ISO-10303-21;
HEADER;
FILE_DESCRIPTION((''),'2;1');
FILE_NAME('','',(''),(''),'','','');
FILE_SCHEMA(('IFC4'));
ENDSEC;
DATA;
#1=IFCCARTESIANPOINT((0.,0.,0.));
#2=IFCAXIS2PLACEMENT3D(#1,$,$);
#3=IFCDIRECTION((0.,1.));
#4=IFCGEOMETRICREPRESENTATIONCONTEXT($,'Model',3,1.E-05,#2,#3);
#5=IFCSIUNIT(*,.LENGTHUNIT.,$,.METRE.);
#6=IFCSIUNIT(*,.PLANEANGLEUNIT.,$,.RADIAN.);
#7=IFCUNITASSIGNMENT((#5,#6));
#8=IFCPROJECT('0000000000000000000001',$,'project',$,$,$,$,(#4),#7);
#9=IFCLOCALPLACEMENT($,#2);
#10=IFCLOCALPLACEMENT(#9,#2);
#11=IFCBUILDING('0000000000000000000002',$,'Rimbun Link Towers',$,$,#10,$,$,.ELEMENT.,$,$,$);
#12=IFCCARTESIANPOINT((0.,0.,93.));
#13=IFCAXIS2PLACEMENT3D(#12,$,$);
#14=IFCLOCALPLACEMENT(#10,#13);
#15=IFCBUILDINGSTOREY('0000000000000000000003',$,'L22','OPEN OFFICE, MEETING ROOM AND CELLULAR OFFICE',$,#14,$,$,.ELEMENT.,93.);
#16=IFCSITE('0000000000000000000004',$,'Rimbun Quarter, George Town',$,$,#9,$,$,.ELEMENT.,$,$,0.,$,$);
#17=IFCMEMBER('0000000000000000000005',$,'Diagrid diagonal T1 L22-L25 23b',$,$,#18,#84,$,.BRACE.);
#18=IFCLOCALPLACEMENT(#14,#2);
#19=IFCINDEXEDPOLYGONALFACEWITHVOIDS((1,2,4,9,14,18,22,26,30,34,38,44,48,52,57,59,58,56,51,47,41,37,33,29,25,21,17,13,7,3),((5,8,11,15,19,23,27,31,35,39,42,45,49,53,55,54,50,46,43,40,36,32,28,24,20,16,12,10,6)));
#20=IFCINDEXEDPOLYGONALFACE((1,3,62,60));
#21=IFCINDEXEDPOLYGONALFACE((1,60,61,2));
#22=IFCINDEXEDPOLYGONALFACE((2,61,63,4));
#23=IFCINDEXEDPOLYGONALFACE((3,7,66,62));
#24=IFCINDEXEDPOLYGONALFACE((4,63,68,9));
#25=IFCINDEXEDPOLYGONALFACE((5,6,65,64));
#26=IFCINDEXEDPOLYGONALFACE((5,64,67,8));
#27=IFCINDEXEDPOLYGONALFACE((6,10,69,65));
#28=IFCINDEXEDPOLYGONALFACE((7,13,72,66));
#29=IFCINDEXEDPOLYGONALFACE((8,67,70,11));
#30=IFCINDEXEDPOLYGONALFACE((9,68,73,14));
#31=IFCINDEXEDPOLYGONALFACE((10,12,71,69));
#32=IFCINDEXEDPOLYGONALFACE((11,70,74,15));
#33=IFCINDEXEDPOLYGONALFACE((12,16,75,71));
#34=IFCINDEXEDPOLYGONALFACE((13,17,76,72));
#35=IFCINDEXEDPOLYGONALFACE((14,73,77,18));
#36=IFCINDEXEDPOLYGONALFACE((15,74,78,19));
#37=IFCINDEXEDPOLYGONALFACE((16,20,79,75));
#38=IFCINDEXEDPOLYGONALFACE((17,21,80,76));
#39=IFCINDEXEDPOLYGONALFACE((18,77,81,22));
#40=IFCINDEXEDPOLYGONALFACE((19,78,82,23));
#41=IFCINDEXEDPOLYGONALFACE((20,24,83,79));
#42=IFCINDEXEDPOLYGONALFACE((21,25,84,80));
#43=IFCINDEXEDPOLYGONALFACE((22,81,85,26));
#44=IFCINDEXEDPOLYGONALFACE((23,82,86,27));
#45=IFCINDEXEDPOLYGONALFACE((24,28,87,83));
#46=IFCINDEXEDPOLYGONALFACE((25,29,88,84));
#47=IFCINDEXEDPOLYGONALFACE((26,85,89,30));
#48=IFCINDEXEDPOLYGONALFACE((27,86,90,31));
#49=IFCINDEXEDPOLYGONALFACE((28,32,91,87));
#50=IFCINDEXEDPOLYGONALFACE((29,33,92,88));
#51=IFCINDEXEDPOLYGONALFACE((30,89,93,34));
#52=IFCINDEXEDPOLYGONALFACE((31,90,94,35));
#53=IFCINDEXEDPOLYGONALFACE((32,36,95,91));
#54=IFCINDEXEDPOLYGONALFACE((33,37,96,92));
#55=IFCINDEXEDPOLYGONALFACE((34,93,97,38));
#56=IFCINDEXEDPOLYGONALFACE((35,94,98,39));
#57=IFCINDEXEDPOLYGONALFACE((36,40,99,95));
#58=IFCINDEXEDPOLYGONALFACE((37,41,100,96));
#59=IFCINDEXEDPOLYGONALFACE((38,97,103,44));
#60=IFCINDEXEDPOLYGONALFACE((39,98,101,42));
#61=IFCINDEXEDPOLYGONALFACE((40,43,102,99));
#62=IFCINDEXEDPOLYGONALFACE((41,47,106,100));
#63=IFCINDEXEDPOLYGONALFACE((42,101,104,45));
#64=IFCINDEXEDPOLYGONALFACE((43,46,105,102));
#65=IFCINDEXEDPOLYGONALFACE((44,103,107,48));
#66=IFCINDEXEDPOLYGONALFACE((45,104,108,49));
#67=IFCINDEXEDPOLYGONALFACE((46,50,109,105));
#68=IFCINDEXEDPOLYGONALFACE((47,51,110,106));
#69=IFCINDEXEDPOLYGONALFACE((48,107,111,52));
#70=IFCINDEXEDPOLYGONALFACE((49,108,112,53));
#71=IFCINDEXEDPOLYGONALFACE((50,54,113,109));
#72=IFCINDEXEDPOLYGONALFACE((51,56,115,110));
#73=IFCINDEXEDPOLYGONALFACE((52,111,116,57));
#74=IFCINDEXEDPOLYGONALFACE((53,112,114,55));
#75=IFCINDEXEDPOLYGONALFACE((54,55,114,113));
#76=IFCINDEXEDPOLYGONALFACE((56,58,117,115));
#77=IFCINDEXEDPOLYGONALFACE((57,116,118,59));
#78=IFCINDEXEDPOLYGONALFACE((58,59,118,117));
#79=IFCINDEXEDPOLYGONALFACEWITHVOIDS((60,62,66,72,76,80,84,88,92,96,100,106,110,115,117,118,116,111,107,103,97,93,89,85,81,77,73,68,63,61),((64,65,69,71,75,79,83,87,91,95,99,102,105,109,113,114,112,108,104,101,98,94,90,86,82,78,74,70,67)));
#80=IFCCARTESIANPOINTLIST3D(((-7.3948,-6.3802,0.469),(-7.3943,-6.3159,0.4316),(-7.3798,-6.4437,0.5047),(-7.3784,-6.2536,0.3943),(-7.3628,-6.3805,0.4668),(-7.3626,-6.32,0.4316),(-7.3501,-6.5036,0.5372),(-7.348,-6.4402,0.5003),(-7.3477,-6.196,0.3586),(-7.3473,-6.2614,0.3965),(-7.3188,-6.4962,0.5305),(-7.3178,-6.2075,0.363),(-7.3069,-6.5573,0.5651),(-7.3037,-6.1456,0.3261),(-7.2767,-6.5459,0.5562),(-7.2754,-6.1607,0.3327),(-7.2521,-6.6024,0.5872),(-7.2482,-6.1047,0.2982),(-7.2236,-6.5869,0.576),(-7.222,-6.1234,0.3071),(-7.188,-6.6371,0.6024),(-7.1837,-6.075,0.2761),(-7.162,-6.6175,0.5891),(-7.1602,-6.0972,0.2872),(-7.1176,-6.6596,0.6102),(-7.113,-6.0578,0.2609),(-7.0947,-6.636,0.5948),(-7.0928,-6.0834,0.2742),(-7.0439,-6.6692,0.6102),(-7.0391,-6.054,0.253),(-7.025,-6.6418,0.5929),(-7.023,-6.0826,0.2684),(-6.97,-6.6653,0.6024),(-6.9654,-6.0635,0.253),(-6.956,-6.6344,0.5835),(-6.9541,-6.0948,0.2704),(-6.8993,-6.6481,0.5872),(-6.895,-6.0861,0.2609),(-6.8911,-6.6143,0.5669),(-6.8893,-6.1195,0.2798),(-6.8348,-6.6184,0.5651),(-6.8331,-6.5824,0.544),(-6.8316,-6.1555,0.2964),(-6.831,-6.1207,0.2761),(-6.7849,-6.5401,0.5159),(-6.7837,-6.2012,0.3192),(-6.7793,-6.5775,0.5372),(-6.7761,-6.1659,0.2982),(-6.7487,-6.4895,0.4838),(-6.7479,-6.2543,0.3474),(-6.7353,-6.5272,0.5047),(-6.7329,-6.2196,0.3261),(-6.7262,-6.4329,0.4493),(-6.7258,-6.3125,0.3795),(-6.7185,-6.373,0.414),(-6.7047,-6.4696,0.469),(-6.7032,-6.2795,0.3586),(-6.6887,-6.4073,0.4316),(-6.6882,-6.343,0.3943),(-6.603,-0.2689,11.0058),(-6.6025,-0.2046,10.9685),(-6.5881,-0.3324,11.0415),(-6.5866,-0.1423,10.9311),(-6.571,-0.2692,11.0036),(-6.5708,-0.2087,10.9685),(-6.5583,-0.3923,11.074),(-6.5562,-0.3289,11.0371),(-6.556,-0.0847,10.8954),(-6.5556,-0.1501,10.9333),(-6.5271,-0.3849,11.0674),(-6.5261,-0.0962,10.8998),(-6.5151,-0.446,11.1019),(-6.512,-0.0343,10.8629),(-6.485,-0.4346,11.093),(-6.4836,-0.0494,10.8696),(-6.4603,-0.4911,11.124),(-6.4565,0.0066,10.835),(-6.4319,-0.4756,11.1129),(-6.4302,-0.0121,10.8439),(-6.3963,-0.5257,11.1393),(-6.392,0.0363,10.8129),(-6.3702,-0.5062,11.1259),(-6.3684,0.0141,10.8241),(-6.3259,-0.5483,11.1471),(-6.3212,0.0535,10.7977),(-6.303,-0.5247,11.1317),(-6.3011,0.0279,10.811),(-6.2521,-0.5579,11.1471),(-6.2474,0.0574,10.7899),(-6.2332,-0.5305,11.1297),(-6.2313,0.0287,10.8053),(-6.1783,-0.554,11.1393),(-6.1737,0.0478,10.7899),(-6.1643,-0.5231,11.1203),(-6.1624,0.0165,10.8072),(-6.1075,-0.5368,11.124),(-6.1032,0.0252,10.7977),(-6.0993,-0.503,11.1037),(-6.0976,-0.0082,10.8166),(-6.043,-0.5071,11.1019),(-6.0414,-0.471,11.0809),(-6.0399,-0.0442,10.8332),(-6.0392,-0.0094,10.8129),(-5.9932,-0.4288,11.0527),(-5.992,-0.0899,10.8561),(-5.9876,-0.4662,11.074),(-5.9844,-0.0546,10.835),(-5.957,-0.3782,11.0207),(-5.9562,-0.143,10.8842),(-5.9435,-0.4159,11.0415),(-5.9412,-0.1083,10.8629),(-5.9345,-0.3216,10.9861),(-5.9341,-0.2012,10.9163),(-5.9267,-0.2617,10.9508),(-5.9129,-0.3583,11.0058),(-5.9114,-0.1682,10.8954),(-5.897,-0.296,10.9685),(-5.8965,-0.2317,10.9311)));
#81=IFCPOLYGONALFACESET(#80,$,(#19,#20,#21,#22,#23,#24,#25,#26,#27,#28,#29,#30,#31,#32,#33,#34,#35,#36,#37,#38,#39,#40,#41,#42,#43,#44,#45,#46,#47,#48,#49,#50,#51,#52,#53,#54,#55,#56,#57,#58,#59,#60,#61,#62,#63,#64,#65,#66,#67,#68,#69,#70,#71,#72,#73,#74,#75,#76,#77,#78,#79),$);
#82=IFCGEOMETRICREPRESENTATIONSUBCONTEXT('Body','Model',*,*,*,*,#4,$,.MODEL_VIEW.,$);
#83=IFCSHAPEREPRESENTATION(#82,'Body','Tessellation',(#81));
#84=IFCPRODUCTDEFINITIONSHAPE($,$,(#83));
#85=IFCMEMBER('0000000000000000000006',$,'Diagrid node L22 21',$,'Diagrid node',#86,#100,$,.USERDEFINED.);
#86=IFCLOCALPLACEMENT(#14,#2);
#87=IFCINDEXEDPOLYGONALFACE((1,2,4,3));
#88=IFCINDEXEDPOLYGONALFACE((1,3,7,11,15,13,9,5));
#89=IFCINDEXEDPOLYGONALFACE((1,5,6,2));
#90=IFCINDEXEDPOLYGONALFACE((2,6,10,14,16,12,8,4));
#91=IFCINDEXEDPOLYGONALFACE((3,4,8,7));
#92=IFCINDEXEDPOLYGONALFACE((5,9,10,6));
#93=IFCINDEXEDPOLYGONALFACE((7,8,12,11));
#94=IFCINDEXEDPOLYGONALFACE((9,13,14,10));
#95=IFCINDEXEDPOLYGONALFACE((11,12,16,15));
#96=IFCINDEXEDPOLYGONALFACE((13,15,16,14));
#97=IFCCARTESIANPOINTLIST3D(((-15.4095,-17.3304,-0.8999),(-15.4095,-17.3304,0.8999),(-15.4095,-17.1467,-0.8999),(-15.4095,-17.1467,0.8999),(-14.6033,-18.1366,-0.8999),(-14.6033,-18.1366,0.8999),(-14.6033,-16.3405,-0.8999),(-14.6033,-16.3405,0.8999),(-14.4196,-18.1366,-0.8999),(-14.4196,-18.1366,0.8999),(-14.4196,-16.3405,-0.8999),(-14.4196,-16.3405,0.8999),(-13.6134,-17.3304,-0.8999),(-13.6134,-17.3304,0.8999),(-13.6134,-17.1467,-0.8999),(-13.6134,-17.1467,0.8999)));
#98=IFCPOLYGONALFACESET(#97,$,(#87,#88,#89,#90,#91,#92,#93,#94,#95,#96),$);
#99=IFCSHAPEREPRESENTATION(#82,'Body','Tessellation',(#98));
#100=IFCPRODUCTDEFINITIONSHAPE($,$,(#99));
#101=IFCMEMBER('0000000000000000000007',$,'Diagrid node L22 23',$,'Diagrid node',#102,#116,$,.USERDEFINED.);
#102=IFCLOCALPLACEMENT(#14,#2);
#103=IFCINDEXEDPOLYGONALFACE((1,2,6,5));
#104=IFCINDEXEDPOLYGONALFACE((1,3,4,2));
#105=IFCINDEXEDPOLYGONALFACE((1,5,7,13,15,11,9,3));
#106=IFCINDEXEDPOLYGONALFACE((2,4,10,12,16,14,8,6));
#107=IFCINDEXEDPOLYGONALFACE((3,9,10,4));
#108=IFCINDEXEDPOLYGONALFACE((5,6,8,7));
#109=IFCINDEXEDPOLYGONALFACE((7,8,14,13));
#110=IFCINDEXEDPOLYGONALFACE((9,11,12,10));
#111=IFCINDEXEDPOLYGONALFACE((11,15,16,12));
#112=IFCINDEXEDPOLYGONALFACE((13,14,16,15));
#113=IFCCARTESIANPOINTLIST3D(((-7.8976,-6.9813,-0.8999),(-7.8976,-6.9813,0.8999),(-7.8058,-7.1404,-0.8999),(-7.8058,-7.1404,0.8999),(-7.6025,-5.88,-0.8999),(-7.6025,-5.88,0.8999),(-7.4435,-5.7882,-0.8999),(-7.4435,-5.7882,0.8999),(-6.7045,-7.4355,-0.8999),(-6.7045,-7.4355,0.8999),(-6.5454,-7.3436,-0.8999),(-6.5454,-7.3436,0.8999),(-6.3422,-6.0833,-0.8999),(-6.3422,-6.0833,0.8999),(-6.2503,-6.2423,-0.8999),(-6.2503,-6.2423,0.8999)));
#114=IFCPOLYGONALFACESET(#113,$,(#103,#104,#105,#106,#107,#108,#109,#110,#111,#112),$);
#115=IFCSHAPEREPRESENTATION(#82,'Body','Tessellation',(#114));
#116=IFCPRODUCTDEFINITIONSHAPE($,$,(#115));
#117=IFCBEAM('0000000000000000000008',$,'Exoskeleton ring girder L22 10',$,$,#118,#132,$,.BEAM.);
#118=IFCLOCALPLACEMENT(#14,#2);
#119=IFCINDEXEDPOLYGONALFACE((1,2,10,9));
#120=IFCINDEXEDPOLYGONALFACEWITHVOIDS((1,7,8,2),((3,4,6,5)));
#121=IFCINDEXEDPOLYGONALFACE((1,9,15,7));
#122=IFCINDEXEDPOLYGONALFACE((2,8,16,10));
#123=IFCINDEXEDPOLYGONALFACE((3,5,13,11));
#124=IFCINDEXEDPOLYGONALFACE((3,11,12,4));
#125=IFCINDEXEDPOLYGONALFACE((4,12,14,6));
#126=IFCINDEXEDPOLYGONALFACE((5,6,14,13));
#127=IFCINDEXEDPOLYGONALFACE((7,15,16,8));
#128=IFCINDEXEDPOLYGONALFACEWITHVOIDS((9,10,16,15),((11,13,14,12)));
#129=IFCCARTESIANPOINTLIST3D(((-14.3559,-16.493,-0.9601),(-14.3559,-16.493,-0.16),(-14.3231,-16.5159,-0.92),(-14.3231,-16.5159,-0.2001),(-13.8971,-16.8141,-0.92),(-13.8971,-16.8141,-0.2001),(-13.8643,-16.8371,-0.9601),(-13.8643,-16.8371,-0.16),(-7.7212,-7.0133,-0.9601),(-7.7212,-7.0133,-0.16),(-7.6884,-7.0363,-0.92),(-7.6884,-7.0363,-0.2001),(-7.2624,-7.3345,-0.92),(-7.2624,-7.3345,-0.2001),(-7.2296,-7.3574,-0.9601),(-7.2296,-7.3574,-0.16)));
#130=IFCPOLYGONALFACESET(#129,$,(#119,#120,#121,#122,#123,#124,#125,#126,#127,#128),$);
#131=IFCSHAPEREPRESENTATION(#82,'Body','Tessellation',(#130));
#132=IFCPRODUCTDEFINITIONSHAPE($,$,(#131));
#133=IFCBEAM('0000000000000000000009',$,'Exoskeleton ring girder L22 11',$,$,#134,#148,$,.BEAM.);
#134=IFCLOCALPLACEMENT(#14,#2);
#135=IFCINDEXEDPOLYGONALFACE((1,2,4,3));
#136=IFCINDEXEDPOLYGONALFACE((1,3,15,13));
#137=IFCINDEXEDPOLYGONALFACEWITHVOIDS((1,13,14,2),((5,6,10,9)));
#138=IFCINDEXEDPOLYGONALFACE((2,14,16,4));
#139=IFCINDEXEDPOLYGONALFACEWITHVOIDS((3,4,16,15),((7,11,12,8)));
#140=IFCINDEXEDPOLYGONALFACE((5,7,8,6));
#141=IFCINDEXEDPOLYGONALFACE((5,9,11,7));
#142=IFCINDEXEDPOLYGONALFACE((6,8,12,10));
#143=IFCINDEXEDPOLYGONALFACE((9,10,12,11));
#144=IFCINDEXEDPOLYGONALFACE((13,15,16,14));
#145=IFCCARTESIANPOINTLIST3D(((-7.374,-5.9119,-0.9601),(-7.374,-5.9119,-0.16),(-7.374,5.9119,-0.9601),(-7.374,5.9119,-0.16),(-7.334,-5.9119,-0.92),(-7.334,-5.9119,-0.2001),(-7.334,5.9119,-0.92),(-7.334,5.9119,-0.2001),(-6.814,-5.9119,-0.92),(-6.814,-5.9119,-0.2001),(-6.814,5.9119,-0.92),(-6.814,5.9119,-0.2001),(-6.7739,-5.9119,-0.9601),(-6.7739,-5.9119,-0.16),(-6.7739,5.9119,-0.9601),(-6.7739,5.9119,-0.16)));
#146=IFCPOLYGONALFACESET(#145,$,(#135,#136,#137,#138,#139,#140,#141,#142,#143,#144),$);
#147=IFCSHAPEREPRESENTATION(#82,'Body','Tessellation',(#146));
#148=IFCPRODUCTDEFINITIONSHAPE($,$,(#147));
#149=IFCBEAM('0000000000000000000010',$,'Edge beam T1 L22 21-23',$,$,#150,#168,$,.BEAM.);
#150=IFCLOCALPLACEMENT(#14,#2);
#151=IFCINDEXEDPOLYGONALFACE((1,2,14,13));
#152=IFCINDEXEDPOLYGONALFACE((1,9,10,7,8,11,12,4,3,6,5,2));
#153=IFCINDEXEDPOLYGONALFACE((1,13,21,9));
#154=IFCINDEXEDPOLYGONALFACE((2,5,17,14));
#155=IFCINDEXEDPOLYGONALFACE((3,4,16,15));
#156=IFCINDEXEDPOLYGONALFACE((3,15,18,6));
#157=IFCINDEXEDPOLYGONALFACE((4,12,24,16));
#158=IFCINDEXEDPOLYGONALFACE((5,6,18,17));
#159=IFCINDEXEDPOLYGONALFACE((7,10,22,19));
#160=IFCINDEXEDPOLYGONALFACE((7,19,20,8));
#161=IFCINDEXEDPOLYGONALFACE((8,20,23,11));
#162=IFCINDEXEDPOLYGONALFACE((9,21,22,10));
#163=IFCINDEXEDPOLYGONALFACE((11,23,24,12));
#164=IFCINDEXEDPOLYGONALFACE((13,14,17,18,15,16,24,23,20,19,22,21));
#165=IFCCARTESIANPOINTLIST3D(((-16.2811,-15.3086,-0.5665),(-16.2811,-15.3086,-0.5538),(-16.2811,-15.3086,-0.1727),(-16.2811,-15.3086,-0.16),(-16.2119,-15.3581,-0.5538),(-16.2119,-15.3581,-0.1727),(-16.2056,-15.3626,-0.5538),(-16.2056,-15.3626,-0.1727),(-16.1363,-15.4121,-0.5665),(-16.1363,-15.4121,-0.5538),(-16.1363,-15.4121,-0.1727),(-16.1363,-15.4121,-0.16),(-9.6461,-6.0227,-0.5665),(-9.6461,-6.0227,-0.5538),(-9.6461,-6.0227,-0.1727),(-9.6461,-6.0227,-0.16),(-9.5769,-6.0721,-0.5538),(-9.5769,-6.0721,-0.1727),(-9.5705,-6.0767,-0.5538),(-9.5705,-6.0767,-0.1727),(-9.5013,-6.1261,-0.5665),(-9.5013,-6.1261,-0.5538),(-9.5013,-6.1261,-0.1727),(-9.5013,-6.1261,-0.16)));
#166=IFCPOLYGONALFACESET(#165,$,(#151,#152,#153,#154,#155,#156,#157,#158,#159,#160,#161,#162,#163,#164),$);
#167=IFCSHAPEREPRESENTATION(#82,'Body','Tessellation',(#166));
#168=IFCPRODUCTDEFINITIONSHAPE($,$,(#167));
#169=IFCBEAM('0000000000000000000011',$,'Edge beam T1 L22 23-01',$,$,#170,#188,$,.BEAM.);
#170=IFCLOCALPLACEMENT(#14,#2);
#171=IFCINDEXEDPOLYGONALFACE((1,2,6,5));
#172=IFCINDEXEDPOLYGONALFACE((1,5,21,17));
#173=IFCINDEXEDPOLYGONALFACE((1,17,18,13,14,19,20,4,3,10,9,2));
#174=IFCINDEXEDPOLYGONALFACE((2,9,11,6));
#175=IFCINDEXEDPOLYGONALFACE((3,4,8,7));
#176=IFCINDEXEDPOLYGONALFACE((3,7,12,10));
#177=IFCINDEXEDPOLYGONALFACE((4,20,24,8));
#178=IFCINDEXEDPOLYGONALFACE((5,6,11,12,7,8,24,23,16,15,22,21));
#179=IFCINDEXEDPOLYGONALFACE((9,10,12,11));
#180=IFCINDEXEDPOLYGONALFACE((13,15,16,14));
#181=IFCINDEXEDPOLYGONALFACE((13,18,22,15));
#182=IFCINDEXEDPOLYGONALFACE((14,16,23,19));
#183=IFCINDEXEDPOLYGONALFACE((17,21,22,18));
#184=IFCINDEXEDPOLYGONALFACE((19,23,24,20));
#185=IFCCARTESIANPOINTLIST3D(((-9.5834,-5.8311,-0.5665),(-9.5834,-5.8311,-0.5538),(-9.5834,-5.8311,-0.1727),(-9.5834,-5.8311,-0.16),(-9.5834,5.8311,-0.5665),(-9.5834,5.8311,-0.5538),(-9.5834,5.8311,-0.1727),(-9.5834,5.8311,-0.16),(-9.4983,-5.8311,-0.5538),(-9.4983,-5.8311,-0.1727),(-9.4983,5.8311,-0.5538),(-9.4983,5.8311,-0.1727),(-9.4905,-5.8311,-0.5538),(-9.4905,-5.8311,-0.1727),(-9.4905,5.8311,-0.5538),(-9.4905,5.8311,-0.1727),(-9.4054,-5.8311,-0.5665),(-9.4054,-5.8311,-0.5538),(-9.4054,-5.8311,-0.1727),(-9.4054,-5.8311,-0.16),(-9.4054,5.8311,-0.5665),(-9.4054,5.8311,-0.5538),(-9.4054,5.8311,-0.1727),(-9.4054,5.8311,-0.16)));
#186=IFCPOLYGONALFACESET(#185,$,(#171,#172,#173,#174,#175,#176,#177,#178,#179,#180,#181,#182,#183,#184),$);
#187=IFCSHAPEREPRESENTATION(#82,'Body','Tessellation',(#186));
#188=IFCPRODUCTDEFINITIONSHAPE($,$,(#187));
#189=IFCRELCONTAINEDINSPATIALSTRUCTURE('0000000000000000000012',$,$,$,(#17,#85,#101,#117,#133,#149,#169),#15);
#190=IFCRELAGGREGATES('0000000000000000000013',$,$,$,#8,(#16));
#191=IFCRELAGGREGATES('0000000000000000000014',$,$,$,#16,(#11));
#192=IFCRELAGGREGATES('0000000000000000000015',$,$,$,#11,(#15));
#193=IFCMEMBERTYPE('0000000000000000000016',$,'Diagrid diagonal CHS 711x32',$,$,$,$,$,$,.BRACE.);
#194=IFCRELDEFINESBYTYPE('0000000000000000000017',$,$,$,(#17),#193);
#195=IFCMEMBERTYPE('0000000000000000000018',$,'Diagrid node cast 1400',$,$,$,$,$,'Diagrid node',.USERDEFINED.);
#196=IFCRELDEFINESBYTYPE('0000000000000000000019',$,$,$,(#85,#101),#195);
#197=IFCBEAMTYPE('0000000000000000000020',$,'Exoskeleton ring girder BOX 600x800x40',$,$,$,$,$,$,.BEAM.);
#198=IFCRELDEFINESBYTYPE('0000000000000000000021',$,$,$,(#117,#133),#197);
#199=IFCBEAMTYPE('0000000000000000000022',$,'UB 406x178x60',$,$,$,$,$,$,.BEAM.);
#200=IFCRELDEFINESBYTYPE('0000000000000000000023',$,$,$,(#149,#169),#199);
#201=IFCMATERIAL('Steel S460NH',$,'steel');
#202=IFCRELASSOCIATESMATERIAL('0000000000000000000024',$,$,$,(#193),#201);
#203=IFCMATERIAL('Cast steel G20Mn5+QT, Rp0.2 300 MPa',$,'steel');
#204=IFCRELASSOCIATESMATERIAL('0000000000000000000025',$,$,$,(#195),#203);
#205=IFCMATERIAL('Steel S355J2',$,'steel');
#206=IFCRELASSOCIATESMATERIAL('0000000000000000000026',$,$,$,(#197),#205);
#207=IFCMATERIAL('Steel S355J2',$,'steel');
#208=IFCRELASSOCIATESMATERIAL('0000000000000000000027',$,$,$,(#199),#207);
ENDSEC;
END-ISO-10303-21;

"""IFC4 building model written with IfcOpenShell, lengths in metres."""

from ifc_helpers import new_model, si_unit, direction, frame, origin, origin_2d, place, context, subcontext, project, spatial, polyline, hollow_rectangle, hollow_circle, i_section, outline, extrude, material, material_profile, profile_set, type_object, element, save


model = new_model("IFC4")

# Units and contexts
model_context = context("Model", 3, precision=1e-05, world=origin(), true_north=direction((0.0, 1.0)))
body_context = subcontext(model_context, "Body", "Model", "MODEL_VIEW")
ifc_project = project(units=[si_unit("LENGTHUNIT", "METRE"), si_unit("PLANEANGLEUNIT", "RADIAN")], contexts=[model_context])

# Site, building, storey
site_placement = place(None, origin())
site = spatial("IfcSite", under=ifc_project, at=site_placement, Name="Rimbun Quarter, George Town", CompositionType="ELEMENT", RefElevation=0.0)
building_placement = place(site_placement, origin())
building = spatial("IfcBuilding", under=site, at=building_placement, Name="Rimbun Link Towers", CompositionType="ELEMENT")
storey_placement = place(building_placement, frame((0.0, 0.0, 93.0)))
storey = spatial("IfcBuildingStorey", under=building, at=storey_placement, Name="L22", Description="OPEN OFFICE, MEETING ROOM AND CELLULAR OFFICE", CompositionType="ELEMENT", Elevation=93.0)

# Members
ifc_material_1 = material(Name="Steel S460NH", Category="steel")
ifc_material_profile_1 = material_profile(ifc_material_1, hollow_circle(Radius=0.3557, WallThickness=0.032, at=origin_2d()), Name="Diagrid diagonal CHS 711x32")
ifc_profile_set_1 = profile_set([ifc_material_profile_1], Name="Steel S460NH")
member_type_1 = type_object("IfcMemberType", Name="Diagrid diagonal CHS 711x32", PredefinedType="BRACE", material=ifc_profile_set_1)
member_1_placement = place(storey_placement, frame((-7.0415, -6.3616, 0.4316), z_axis=(0.064862, 0.500658, 0.863212), x_axis=(-0.991712, 0.12848, 0.0)))
element("IfcMember", 1, at=member_1_placement, inside=storey, type_object=member_type_1, Name="Diagrid diagonal T1 L22-L25 23b", PredefinedType="BRACE", context=body_context, shape_type="SweptSolid", body=[
    extrude(hollow_circle(Radius=0.3557, WallThickness=0.032, at=origin_2d()), origin(), (0.0, 0.0, 1.0), 12.2065),
])
ifc_material_2 = material(Name="Cast steel G20Mn5+QT, Rp0.2 300 MPa", Category="steel")
ifc_material_profile_2 = material_profile(ifc_material_2, outline(polyline([(0.7, -0.5701), (0.7, 0.5701), (0.5701, 0.7), (-0.5701, 0.7), (-0.7, 0.5701), (-0.7, -0.5701), (-0.5701, -0.7), (0.5701, -0.7), (0.7, -0.5701)])), Name="NODE 1400x1400")
ifc_profile_set_2 = profile_set([ifc_material_profile_2], Name="Cast steel G20Mn5+QT, Rp0.2 300 MPa")
member_type_2 = type_object("IfcMemberType", Name="Diagrid node cast 1400", ElementType="Diagrid node", PredefinedType="USERDEFINED", material=ifc_profile_set_2)
for number, where, z_axis, x_axis, name in (
    (2, (-14.5115, -17.2385, -0.8999), (0.0, 0.0, 1.0), (0.707107, -0.707107, 0.0), "Diagrid node L22 21"),
    (3, (-7.074, -6.6118, -0.8999), (0.0, 0.0, 1.0), (0.965926, -0.258819, 0.0), "Diagrid node L22 23"),
):
    element("IfcMember", number, at=place(storey_placement, frame(where, z_axis=z_axis, x_axis=x_axis)), inside=storey, type_object=member_type_2, Name=name, ObjectType="Diagrid node", PredefinedType="USERDEFINED", context=body_context, shape_type="SweptSolid", body=[
        extrude(outline(polyline([(0.7, -0.5701), (0.7, 0.5701), (0.5701, 0.7), (-0.5701, 0.7), (-0.7, 0.5701), (-0.7, -0.5701), (-0.5701, -0.7), (0.5701, -0.7), (0.7, -0.5701)])), origin(), (0.0, 0.0, 1.0), 1.7998),
    ])

# Beams
ifc_material_3 = material(Name="Steel S355J2", Category="steel")
ifc_material_profile_3 = material_profile(ifc_material_3, hollow_rectangle(XDim=0.6001, YDim=0.8, WallThickness=0.04, at=origin_2d()), Name="Exoskeleton ring girder BOX 600x800x40")
ifc_profile_set_3 = profile_set([ifc_material_profile_3], Name="Steel S355J2")
beam_type_1 = type_object("IfcBeamType", Name="Exoskeleton ring girder BOX 600x800x40", PredefinedType="BEAM", material=ifc_profile_set_3)
beam_1_placement = place(storey_placement, frame((-14.1101, -16.665, -0.5601), z_axis=(0.573401, 0.819275, 0.0), x_axis=(-0.819275, 0.573401, 0.0)))
element("IfcBeam", 4, at=beam_1_placement, inside=storey, type_object=beam_type_1, Name="Exoskeleton ring girder L22 10", PredefinedType="BEAM", context=body_context, shape_type="SweptSolid", body=[
    extrude(hollow_rectangle(XDim=0.6001, YDim=0.8, WallThickness=0.04, at=origin_2d()), origin(), (0.0, 0.0, 1.0), 11.5708),
])
beam_2_placement = place(storey_placement, frame((-7.074, -5.9119, -0.5601), z_axis=(0.0, 1.0, 0.0), x_axis=(-1.0, 0.0, 0.0)))
element("IfcBeam", 5, at=beam_2_placement, inside=storey, type_object=beam_type_1, Name="Exoskeleton ring girder L22 11", PredefinedType="BEAM", context=body_context, shape_type="SweptSolid", body=[
    extrude(hollow_rectangle(XDim=0.6001, YDim=0.8, WallThickness=0.04, at=origin_2d()), origin(), (0.0, 0.0, 1.0), 11.8237),
])
ifc_material_4 = material(Name="Steel S355J2", Category="steel")
ifc_material_profile_4 = material_profile(ifc_material_4, i_section(OverallWidth=0.178, OverallDepth=0.4065, WebThickness=0.0078, FlangeThickness=0.0127, at=origin_2d()), Name="UB 406x178x60")
ifc_profile_set_4 = profile_set([ifc_material_profile_4], Name="Steel S355J2")
beam_type_2 = type_object("IfcBeamType", Name="UB 406x178x60", PredefinedType="BEAM", material=ifc_profile_set_4)
beam_3_placement = place(storey_placement, frame((-16.2087, -15.3604, -0.3633), z_axis=(0.581368, 0.813641, 0.0), x_axis=(-0.813641, 0.581368, 0.0)))
element("IfcBeam", 6, at=beam_3_placement, inside=storey, type_object=beam_type_2, Name="Edge beam T1 L22 21-23", PredefinedType="BEAM", context=body_context, shape_type="SweptSolid", body=[
    extrude(i_section(OverallWidth=0.178, OverallDepth=0.4065, WebThickness=0.0078, FlangeThickness=0.0127, at=origin_2d()), origin(), (0.0, 0.0, 1.0), 11.4128),
])
beam_4_placement = place(storey_placement, frame((-9.4944, -5.8311, -0.3633), z_axis=(0.0, 1.0, 0.0), x_axis=(-1.0, 0.0, 0.0)))
element("IfcBeam", 7, at=beam_4_placement, inside=storey, type_object=beam_type_2, Name="Edge beam T1 L22 23-01", PredefinedType="BEAM", context=body_context, shape_type="SweptSolid", body=[
    extrude(i_section(OverallWidth=0.178, OverallDepth=0.4065, WebThickness=0.0078, FlangeThickness=0.0127, at=origin_2d()), origin(), (0.0, 0.0, 1.0), 11.6621),
])

save(model, "model.ifc")
